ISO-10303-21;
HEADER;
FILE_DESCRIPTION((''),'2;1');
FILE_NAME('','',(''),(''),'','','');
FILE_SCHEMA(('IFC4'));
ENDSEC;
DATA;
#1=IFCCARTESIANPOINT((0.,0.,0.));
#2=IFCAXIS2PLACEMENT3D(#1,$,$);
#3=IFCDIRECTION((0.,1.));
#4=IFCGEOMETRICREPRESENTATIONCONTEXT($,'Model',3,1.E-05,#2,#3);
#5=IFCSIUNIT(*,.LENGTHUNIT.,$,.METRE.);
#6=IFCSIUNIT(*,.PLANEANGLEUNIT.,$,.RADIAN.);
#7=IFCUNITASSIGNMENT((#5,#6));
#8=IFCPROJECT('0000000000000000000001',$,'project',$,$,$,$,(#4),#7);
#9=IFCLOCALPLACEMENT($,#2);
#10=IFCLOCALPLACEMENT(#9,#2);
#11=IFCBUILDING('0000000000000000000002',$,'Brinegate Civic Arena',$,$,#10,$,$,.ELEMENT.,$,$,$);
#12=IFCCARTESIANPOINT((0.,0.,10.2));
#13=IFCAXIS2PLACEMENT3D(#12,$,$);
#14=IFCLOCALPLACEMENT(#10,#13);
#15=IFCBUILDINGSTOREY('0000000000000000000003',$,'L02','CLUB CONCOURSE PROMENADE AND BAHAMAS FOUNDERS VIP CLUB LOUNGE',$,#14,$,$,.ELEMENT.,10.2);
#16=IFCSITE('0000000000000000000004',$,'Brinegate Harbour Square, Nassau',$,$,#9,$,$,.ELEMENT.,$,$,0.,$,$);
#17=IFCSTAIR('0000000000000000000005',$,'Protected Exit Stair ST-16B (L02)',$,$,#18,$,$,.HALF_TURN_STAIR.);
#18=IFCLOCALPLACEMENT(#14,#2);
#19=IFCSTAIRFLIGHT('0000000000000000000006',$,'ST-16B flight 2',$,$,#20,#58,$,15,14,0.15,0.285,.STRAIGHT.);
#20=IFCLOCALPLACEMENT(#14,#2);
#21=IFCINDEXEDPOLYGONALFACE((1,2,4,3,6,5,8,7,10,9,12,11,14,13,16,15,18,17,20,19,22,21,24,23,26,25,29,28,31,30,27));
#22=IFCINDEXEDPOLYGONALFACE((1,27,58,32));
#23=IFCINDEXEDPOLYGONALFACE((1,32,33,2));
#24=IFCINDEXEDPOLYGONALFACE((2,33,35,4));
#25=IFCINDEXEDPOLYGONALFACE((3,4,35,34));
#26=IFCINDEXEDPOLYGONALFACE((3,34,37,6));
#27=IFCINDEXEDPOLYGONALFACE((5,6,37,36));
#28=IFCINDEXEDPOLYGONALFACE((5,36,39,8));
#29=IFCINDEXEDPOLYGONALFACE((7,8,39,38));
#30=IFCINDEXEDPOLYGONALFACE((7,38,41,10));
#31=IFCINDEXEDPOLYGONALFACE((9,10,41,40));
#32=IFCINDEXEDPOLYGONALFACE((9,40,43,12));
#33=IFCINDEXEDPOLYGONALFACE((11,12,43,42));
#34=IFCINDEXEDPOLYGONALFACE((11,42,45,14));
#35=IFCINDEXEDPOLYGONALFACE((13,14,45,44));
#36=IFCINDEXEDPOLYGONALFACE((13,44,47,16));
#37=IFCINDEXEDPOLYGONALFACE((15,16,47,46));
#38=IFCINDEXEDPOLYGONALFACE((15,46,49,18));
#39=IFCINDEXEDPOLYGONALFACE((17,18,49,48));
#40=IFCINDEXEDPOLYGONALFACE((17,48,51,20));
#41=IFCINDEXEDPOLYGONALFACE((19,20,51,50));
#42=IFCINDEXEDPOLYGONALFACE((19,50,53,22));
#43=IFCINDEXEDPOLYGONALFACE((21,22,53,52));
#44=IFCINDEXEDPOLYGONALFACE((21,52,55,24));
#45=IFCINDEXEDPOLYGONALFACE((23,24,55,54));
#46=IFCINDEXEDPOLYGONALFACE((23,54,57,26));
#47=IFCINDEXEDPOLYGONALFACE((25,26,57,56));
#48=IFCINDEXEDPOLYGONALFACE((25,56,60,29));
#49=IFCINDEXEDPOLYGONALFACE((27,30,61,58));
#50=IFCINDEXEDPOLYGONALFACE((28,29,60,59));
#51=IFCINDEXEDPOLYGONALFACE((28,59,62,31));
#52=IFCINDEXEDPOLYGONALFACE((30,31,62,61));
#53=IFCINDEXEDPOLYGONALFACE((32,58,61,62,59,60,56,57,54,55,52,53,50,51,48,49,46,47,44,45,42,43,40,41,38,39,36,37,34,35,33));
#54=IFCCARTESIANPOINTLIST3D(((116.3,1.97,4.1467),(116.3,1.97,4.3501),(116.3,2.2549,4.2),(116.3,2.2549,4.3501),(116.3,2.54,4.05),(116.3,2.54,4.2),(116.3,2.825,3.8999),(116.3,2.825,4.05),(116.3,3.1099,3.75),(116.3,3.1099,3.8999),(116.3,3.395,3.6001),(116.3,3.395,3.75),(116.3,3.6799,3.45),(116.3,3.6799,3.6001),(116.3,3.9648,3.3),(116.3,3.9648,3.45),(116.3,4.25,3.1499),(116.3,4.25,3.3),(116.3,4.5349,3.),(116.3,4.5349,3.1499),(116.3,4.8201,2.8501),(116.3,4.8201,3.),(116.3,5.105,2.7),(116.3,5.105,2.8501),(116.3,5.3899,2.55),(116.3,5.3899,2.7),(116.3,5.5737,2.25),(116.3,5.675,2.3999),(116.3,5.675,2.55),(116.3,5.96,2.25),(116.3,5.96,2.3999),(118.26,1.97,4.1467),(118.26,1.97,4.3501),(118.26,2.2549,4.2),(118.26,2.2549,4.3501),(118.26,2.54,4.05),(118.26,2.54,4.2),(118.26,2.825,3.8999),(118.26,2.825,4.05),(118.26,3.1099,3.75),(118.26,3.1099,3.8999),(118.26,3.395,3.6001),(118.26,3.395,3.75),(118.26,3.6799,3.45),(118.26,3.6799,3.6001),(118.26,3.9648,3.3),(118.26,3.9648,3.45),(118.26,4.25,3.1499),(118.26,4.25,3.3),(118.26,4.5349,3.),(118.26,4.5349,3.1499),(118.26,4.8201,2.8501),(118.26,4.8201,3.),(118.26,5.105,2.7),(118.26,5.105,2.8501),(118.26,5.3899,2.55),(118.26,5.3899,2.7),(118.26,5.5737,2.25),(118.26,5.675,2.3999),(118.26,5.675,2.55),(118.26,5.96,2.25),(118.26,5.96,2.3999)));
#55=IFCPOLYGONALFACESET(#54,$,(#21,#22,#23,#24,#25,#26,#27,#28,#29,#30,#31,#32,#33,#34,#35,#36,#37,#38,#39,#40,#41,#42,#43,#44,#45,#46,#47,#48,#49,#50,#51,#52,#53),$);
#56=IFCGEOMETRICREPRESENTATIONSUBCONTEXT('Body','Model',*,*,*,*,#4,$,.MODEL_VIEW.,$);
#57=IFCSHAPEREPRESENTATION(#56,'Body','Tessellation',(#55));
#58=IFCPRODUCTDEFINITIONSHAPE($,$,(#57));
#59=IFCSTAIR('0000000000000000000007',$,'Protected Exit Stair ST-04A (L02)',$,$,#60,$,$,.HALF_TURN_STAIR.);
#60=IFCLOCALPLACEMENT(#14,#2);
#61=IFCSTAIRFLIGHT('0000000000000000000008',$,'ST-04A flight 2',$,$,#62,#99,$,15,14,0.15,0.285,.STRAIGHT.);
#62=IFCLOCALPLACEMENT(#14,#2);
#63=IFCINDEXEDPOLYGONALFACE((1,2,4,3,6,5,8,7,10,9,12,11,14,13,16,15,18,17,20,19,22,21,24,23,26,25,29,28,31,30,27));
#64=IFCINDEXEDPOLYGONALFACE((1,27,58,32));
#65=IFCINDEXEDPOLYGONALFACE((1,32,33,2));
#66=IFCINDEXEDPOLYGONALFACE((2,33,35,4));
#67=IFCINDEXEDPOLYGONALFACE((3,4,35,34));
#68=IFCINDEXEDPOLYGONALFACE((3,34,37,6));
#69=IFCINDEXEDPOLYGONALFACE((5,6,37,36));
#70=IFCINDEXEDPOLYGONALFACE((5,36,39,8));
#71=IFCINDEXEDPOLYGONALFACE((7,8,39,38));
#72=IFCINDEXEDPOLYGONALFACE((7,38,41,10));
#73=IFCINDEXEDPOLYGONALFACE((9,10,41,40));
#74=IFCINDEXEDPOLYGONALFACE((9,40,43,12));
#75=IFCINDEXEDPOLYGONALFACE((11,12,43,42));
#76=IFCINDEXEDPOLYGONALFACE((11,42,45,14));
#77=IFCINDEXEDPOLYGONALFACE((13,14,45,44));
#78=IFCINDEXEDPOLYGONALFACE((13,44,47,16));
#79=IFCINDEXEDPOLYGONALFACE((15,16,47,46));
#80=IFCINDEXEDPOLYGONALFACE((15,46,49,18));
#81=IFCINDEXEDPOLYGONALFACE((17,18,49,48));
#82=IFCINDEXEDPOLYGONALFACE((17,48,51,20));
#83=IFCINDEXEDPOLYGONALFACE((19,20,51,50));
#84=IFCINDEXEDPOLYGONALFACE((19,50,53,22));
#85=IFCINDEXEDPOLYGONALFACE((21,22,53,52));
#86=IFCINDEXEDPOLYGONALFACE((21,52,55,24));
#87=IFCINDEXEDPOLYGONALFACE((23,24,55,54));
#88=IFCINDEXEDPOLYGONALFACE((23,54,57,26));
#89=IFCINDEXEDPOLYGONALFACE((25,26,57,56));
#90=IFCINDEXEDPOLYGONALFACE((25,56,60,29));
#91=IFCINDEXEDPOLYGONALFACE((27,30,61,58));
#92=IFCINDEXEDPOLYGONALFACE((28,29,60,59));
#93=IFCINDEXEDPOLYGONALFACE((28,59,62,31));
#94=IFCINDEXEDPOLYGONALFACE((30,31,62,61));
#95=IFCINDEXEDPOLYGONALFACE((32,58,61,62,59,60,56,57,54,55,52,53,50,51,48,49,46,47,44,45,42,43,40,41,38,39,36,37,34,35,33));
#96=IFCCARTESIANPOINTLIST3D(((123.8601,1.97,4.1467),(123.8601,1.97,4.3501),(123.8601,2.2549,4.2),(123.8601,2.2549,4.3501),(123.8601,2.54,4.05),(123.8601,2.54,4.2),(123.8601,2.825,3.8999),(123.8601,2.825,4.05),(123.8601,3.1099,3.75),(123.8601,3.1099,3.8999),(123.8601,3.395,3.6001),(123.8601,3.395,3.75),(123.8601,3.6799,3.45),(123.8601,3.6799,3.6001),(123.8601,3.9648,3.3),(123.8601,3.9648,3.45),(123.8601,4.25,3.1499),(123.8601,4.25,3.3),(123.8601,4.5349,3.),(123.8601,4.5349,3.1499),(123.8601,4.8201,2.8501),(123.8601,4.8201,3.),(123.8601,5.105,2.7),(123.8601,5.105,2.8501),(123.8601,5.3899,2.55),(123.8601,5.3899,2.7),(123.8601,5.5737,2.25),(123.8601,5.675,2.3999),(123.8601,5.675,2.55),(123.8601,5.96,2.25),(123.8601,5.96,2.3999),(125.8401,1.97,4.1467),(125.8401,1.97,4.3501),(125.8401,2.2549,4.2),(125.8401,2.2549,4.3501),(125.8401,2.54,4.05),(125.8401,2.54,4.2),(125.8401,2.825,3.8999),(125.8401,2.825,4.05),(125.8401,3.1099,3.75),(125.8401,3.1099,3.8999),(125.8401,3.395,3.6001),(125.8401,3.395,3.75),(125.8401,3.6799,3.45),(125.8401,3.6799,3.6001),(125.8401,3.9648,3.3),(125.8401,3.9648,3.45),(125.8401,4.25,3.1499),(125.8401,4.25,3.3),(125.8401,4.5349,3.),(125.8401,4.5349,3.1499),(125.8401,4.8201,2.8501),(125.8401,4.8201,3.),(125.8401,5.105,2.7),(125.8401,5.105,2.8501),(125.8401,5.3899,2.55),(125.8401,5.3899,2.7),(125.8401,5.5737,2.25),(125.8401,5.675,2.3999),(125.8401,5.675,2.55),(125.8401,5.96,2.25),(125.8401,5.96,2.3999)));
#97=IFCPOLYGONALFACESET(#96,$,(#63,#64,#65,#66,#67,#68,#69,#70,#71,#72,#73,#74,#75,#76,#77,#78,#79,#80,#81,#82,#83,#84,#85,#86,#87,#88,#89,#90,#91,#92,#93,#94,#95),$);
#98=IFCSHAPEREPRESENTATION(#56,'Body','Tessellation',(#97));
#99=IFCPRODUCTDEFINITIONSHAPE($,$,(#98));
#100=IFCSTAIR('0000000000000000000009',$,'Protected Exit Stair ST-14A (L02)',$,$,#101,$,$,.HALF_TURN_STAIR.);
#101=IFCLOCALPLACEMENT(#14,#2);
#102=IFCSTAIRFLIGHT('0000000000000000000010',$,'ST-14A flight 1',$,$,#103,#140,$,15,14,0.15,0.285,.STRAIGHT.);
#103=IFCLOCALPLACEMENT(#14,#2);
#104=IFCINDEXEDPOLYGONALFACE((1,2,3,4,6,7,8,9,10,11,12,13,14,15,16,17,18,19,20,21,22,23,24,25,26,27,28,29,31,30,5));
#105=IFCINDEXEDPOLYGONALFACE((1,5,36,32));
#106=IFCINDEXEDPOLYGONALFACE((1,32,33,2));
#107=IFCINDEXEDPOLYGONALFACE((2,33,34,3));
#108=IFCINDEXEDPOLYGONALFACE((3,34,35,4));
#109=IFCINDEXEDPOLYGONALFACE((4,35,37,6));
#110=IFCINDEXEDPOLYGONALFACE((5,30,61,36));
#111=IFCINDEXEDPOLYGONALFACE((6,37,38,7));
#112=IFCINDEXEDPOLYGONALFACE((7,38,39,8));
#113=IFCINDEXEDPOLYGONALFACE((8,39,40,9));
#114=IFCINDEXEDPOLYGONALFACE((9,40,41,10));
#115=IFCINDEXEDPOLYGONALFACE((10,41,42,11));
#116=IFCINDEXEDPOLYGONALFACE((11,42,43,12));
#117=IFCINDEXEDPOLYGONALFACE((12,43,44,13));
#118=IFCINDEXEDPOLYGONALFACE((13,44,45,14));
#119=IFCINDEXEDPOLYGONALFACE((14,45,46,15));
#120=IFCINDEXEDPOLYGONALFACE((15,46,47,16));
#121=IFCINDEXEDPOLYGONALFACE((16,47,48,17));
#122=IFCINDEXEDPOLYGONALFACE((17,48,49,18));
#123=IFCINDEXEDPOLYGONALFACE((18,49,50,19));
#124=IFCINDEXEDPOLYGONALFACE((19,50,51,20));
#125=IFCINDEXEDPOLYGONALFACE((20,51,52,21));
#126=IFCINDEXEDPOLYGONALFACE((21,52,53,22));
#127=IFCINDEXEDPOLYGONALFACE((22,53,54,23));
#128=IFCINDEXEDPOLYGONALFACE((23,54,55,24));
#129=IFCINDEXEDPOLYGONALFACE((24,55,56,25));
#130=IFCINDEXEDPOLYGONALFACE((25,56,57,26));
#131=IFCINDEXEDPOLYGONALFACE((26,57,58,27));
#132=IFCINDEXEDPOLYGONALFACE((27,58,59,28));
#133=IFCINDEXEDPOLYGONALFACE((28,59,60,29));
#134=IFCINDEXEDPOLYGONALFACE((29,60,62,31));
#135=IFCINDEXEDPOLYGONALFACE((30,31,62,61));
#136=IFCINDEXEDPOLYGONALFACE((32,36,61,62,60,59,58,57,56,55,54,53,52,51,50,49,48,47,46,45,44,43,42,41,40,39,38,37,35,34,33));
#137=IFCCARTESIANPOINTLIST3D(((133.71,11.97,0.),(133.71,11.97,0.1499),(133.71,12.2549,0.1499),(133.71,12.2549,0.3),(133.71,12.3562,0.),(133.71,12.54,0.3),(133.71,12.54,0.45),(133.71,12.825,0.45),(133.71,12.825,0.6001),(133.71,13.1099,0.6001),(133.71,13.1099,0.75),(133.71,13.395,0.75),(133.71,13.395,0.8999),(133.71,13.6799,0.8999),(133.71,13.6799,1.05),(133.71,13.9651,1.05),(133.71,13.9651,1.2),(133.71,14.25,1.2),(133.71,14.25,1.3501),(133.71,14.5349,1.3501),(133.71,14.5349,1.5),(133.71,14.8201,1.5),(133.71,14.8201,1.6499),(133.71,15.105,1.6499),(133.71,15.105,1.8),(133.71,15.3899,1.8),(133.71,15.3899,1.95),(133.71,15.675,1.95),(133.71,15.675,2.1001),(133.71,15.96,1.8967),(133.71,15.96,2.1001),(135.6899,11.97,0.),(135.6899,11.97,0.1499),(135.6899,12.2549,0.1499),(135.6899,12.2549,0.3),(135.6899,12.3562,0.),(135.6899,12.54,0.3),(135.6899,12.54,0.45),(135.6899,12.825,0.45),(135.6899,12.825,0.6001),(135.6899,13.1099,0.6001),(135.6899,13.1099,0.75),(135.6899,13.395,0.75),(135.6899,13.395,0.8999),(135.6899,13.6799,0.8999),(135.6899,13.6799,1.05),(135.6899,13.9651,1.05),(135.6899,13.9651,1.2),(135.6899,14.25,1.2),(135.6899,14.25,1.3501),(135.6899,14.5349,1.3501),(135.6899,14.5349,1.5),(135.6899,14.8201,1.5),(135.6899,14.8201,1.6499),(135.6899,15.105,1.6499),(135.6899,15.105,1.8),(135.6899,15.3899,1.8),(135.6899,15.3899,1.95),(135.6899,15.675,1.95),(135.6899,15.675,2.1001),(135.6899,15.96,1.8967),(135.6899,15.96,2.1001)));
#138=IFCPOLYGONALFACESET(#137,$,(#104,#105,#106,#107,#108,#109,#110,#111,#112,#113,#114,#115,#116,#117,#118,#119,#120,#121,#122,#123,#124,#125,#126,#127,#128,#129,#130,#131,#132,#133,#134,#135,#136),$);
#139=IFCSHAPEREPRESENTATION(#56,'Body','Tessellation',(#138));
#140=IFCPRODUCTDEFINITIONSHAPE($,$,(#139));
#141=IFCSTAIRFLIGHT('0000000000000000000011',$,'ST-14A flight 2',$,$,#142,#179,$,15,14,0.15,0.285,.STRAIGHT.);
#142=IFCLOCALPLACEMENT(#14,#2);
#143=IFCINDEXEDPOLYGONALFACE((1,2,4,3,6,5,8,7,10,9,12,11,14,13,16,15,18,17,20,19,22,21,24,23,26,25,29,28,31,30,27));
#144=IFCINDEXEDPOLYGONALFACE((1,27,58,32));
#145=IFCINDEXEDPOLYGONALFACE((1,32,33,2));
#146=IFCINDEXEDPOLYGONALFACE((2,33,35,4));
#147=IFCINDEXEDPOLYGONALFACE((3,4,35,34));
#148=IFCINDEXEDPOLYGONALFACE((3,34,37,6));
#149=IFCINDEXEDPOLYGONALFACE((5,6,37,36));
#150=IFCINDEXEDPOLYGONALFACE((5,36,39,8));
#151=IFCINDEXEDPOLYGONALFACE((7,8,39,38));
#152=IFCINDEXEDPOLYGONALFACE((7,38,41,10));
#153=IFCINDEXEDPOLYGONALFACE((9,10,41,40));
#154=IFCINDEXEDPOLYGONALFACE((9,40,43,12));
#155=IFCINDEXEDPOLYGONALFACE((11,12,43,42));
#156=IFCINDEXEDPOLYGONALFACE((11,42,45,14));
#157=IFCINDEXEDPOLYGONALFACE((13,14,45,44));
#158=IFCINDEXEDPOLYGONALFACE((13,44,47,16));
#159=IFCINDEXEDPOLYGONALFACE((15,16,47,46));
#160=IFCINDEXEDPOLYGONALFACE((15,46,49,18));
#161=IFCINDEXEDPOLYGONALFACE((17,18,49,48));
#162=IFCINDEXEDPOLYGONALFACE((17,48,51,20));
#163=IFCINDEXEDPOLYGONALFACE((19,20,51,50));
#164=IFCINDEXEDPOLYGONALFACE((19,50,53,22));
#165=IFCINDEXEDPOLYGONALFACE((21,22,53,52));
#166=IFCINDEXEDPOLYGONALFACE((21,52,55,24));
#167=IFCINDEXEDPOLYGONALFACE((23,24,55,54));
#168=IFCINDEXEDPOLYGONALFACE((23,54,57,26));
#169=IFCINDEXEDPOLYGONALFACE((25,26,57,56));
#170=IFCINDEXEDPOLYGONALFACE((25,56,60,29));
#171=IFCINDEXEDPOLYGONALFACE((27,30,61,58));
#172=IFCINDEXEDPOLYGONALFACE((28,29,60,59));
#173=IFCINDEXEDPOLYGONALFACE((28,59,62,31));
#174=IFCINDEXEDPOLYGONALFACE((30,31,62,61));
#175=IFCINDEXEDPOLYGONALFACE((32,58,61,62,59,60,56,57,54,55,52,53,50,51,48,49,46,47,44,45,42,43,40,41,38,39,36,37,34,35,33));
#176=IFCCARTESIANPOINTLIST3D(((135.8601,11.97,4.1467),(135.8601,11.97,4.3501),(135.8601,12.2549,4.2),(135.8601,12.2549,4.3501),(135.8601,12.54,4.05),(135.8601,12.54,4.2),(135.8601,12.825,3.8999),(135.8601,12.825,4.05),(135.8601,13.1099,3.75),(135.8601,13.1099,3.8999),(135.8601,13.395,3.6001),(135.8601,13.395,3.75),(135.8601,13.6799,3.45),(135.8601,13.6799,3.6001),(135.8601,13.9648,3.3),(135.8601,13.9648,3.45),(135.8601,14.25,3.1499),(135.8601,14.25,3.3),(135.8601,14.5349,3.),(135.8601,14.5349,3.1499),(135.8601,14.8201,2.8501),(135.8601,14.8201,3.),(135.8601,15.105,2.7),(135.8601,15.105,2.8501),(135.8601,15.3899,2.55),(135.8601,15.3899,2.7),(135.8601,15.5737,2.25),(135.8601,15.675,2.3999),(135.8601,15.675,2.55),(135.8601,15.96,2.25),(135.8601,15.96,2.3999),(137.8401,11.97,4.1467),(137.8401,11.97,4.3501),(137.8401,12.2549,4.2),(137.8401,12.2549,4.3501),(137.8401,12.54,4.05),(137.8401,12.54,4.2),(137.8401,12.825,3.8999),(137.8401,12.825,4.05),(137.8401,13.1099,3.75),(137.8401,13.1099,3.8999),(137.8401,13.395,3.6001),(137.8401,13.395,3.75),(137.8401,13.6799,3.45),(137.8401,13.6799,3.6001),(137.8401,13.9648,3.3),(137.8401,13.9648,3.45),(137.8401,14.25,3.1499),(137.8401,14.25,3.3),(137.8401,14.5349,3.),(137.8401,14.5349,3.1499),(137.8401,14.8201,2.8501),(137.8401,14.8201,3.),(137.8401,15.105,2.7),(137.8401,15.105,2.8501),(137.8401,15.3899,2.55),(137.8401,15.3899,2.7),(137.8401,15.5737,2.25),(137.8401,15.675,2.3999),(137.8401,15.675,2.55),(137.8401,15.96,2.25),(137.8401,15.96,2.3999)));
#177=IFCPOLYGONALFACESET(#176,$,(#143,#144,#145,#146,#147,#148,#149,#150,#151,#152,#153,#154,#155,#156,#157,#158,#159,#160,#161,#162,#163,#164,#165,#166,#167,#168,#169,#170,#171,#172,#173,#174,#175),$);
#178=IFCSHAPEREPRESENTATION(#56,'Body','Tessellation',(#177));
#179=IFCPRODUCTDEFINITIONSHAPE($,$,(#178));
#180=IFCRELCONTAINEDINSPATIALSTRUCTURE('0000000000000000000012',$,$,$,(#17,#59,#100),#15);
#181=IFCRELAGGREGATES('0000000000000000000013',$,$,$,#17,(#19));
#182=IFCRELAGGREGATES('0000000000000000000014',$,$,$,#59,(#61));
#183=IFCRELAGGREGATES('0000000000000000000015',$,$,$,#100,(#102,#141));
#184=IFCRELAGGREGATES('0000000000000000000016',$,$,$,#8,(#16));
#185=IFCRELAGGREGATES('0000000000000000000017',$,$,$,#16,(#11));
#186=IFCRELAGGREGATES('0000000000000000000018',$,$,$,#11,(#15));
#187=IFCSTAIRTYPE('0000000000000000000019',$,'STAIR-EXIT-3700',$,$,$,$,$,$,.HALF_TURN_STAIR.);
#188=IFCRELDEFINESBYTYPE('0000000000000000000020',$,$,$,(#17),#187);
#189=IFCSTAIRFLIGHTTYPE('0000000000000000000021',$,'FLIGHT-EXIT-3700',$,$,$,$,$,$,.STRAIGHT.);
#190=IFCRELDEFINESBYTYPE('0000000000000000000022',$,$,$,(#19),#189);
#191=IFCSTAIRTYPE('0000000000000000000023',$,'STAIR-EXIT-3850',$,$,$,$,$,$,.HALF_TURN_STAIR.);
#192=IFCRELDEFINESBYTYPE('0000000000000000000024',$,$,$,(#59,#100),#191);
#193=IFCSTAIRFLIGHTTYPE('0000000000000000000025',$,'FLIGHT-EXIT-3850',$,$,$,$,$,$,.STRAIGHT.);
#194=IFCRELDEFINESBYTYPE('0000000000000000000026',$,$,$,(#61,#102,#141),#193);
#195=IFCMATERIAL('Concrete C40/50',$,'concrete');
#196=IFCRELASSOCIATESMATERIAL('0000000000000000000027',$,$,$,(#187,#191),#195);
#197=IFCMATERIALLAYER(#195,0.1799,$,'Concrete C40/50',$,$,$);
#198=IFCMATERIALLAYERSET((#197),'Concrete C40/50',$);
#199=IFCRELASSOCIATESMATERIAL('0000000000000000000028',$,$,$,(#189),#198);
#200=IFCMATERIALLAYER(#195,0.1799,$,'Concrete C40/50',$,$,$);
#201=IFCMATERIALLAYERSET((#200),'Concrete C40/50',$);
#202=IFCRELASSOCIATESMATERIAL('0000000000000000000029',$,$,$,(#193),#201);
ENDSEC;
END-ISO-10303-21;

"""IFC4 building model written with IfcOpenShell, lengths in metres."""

from ifc_helpers import new_model, si_unit, direction, frame, origin, place, context, subcontext, project, spatial, polyline, outline, extrude, material, layer, layer_set, type_object, element, aggregate, save


model = new_model("IFC4")

# Units and contexts
model_context = context("Model", 3, precision=1e-05, world=origin(), true_north=direction((0.0, 1.0)))
body_context = subcontext(model_context, "Body", "Model", "MODEL_VIEW")
ifc_project = project(units=[si_unit("LENGTHUNIT", "METRE"), si_unit("PLANEANGLEUNIT", "RADIAN")], contexts=[model_context])

# Site, building, storey
site_placement = place(None, origin())
site = spatial("IfcSite", under=ifc_project, at=site_placement, Name="Brinegate Harbour Square, Nassau", CompositionType="ELEMENT", RefElevation=0.0)
building_placement = place(site_placement, origin())
building = spatial("IfcBuilding", under=site, at=building_placement, Name="Brinegate Civic Arena", CompositionType="ELEMENT")
storey_placement = place(building_placement, frame((0.0, 0.0, 10.2)))
storey = spatial("IfcBuildingStorey", under=building, at=storey_placement, Name="L02", Description="CLUB CONCOURSE PROMENADE AND BAHAMAS FOUNDERS VIP CLUB LOUNGE", CompositionType="ELEMENT", Elevation=10.2)

# Stairs, stair flights
ifc_material_1 = material(Name="Concrete C40/50", Category="concrete")
stair_type_1 = type_object("IfcStairType", Name="STAIR-EXIT-3700", PredefinedType="HALF_TURN_STAIR", material=ifc_material_1)
ifc_layer_1 = layer(ifc_material_1, 0.1799, Name="Concrete C40/50")
ifc_layer_set_1 = layer_set([ifc_layer_1], Name="Concrete C40/50")
stair_flight_type_1 = type_object("IfcStairFlightType", Name="FLIGHT-EXIT-3700", PredefinedType="STRAIGHT", material=ifc_layer_set_1)
stair_1_placement = place(storey_placement, origin())
stair_1 = element("IfcStair", 1, at=stair_1_placement, inside=storey, type_object=stair_type_1, Name="Protected Exit Stair ST-16B (L02)", PredefinedType="HALF_TURN_STAIR")
stair_flight_1_placement = place(storey_placement, frame((117.28, 5.96, 2.25), z_axis=(0.0, 0.0, 1.0), x_axis=(0.0, -1.0, 0.0)))
stair_flight_1 = element("IfcStairFlight", 2, at=stair_flight_1_placement, type_object=stair_flight_type_1, Name="ST-16B flight 2", NumberOfRisers=15, NumberOfTreads=14, PredefinedType="STRAIGHT", RiserHeight=0.15, TreadLength=0.285, context=body_context, shape_type="SweptSolid", body=[
    extrude(outline(polyline([(0.0, 0.0), (0.0, 0.1499), (0.2849, 0.1499), (0.2849, 0.3), (0.5701, 0.3), (0.5701, 0.45), (0.855, 0.45), (0.855, 0.6001), (1.1399, 0.6001), (1.1399, 0.75), (1.425, 0.75), (1.425, 0.8999), (1.71, 0.8999), (1.71, 1.05), (1.9951, 1.05), (1.9951, 1.2), (2.28, 1.2), (2.28, 1.3501), (2.5649, 1.3501), (2.5649, 1.5), (2.8501, 1.5), (2.8501, 1.6499), (3.135, 1.6499), (3.135, 1.8), (3.4199, 1.8), (3.4199, 1.95), (3.7051, 1.95), (3.7051, 2.1001), (3.99, 2.1001), (3.99, 2.25), (3.99, 1.8967), (0.3862, 0.0), (0.0, 0.0)])), frame((0.0, 0.98, 0.0), z_axis=(0.0, -1.0, 0.0), x_axis=(1.0, 0.0, 0.0)), (0.0, 0.0, 1.0), 1.96),
])
aggregate(stair_1, [stair_flight_1])
stair_type_2 = type_object("IfcStairType", Name="STAIR-EXIT-3850", PredefinedType="HALF_TURN_STAIR", material=ifc_material_1)
stair_2_placement = place(storey_placement, origin())
stair_2 = element("IfcStair", 3, at=stair_2_placement, inside=storey, type_object=stair_type_2, Name="Protected Exit Stair ST-04A (L02)", PredefinedType="HALF_TURN_STAIR")
ifc_layer_2 = layer(ifc_material_1, 0.1799, Name="Concrete C40/50")
ifc_layer_set_2 = layer_set([ifc_layer_2], Name="Concrete C40/50")
stair_flight_type_2 = type_object("IfcStairFlightType", Name="FLIGHT-EXIT-3850", PredefinedType="STRAIGHT", material=ifc_layer_set_2)
stair_flight_2_placement = place(storey_placement, frame((124.8501, 5.96, 2.25), z_axis=(0.0, 0.0, 1.0), x_axis=(0.0, -1.0, 0.0)))
stair_flight_2 = element("IfcStairFlight", 4, at=stair_flight_2_placement, type_object=stair_flight_type_2, Name="ST-04A flight 2", NumberOfRisers=15, NumberOfTreads=14, PredefinedType="STRAIGHT", RiserHeight=0.15, TreadLength=0.285, context=body_context, shape_type="SweptSolid", body=[
    extrude(outline(polyline([(0.0, 0.0), (0.0, 0.1499), (0.2849, 0.1499), (0.2849, 0.3), (0.5701, 0.3), (0.5701, 0.45), (0.855, 0.45), (0.855, 0.6001), (1.1399, 0.6001), (1.1399, 0.75), (1.425, 0.75), (1.425, 0.8999), (1.71, 0.8999), (1.71, 1.05), (1.9951, 1.05), (1.9951, 1.2), (2.28, 1.2), (2.28, 1.3501), (2.5649, 1.3501), (2.5649, 1.5), (2.8501, 1.5), (2.8501, 1.6499), (3.135, 1.6499), (3.135, 1.8), (3.4199, 1.8), (3.4199, 1.95), (3.7051, 1.95), (3.7051, 2.1001), (3.99, 2.1001), (3.99, 2.25), (3.99, 1.8967), (0.3862, 0.0), (0.0, 0.0)])), frame((0.0, 0.99, 0.0), z_axis=(0.0, -1.0, 0.0), x_axis=(1.0, 0.0, 0.0)), (0.0, 0.0, 1.0), 1.98),
])
aggregate(stair_2, [stair_flight_2])

# Stair, stair flights
stair_3_placement = place(storey_placement, origin())
stair_3 = element("IfcStair", 5, at=stair_3_placement, inside=storey, type_object=stair_type_2, Name="Protected Exit Stair ST-14A (L02)", PredefinedType="HALF_TURN_STAIR")
stair_flight_3_placement = place(storey_placement, frame((134.7, 11.97, 0.0), z_axis=(0.0, 0.0, 1.0), x_axis=(0.0, 1.0, 0.0)))
stair_flight_3 = element("IfcStairFlight", 6, at=stair_flight_3_placement, type_object=stair_flight_type_2, Name="ST-14A flight 1", NumberOfRisers=15, NumberOfTreads=14, PredefinedType="STRAIGHT", RiserHeight=0.15, TreadLength=0.285, context=body_context, shape_type="SweptSolid", body=[
    extrude(outline(polyline([(0.0, 0.0), (0.0, 0.1499), (0.2849, 0.1499), (0.2849, 0.3), (0.5701, 0.3), (0.5701, 0.45), (0.855, 0.45), (0.855, 0.6001), (1.1399, 0.6001), (1.1399, 0.75), (1.425, 0.75), (1.425, 0.8999), (1.71, 0.8999), (1.71, 1.05), (1.9951, 1.05), (1.9951, 1.2), (2.28, 1.2), (2.28, 1.3501), (2.5649, 1.3501), (2.5649, 1.5), (2.8501, 1.5), (2.8501, 1.6499), (3.135, 1.6499), (3.135, 1.8), (3.4199, 1.8), (3.4199, 1.95), (3.7051, 1.95), (3.7051, 2.1001), (3.99, 2.1001), (3.99, 2.25), (3.99, 1.8967), (0.3862, 0.0), (0.0, 0.0)])), frame((0.0, 0.99, 0.0), z_axis=(0.0, -1.0, 0.0), x_axis=(1.0, 0.0, 0.0)), (0.0, 0.0, 1.0), 1.98),
])
stair_flight_4_placement = place(storey_placement, frame((136.8501, 15.96, 2.25), z_axis=(0.0, 0.0, 1.0), x_axis=(0.0, -1.0, 0.0)))
stair_flight_4 = element("IfcStairFlight", 7, at=stair_flight_4_placement, type_object=stair_flight_type_2, Name="ST-14A flight 2", NumberOfRisers=15, NumberOfTreads=14, PredefinedType="STRAIGHT", RiserHeight=0.15, TreadLength=0.285, context=body_context, shape_type="SweptSolid", body=[
    extrude(outline(polyline([(0.0, 0.0), (0.0, 0.1499), (0.2849, 0.1499), (0.2849, 0.3), (0.5701, 0.3), (0.5701, 0.45), (0.855, 0.45), (0.855, 0.6001), (1.1399, 0.6001), (1.1399, 0.75), (1.425, 0.75), (1.425, 0.8999), (1.71, 0.8999), (1.71, 1.05), (1.9951, 1.05), (1.9951, 1.2), (2.28, 1.2), (2.28, 1.3501), (2.5649, 1.3501), (2.5649, 1.5), (2.8501, 1.5), (2.8501, 1.6499), (3.135, 1.6499), (3.135, 1.8), (3.4199, 1.8), (3.4199, 1.95), (3.7051, 1.95), (3.7051, 2.1001), (3.99, 2.1001), (3.99, 2.25), (3.99, 1.8967), (0.3862, 0.0), (0.0, 0.0)])), frame((0.0, 0.99, 0.0), z_axis=(0.0, -1.0, 0.0), x_axis=(1.0, 0.0, 0.0)), (0.0, 0.0, 1.0), 1.98),
])
aggregate(stair_3, [stair_flight_3, stair_flight_4])

save(model, "model.ifc")
